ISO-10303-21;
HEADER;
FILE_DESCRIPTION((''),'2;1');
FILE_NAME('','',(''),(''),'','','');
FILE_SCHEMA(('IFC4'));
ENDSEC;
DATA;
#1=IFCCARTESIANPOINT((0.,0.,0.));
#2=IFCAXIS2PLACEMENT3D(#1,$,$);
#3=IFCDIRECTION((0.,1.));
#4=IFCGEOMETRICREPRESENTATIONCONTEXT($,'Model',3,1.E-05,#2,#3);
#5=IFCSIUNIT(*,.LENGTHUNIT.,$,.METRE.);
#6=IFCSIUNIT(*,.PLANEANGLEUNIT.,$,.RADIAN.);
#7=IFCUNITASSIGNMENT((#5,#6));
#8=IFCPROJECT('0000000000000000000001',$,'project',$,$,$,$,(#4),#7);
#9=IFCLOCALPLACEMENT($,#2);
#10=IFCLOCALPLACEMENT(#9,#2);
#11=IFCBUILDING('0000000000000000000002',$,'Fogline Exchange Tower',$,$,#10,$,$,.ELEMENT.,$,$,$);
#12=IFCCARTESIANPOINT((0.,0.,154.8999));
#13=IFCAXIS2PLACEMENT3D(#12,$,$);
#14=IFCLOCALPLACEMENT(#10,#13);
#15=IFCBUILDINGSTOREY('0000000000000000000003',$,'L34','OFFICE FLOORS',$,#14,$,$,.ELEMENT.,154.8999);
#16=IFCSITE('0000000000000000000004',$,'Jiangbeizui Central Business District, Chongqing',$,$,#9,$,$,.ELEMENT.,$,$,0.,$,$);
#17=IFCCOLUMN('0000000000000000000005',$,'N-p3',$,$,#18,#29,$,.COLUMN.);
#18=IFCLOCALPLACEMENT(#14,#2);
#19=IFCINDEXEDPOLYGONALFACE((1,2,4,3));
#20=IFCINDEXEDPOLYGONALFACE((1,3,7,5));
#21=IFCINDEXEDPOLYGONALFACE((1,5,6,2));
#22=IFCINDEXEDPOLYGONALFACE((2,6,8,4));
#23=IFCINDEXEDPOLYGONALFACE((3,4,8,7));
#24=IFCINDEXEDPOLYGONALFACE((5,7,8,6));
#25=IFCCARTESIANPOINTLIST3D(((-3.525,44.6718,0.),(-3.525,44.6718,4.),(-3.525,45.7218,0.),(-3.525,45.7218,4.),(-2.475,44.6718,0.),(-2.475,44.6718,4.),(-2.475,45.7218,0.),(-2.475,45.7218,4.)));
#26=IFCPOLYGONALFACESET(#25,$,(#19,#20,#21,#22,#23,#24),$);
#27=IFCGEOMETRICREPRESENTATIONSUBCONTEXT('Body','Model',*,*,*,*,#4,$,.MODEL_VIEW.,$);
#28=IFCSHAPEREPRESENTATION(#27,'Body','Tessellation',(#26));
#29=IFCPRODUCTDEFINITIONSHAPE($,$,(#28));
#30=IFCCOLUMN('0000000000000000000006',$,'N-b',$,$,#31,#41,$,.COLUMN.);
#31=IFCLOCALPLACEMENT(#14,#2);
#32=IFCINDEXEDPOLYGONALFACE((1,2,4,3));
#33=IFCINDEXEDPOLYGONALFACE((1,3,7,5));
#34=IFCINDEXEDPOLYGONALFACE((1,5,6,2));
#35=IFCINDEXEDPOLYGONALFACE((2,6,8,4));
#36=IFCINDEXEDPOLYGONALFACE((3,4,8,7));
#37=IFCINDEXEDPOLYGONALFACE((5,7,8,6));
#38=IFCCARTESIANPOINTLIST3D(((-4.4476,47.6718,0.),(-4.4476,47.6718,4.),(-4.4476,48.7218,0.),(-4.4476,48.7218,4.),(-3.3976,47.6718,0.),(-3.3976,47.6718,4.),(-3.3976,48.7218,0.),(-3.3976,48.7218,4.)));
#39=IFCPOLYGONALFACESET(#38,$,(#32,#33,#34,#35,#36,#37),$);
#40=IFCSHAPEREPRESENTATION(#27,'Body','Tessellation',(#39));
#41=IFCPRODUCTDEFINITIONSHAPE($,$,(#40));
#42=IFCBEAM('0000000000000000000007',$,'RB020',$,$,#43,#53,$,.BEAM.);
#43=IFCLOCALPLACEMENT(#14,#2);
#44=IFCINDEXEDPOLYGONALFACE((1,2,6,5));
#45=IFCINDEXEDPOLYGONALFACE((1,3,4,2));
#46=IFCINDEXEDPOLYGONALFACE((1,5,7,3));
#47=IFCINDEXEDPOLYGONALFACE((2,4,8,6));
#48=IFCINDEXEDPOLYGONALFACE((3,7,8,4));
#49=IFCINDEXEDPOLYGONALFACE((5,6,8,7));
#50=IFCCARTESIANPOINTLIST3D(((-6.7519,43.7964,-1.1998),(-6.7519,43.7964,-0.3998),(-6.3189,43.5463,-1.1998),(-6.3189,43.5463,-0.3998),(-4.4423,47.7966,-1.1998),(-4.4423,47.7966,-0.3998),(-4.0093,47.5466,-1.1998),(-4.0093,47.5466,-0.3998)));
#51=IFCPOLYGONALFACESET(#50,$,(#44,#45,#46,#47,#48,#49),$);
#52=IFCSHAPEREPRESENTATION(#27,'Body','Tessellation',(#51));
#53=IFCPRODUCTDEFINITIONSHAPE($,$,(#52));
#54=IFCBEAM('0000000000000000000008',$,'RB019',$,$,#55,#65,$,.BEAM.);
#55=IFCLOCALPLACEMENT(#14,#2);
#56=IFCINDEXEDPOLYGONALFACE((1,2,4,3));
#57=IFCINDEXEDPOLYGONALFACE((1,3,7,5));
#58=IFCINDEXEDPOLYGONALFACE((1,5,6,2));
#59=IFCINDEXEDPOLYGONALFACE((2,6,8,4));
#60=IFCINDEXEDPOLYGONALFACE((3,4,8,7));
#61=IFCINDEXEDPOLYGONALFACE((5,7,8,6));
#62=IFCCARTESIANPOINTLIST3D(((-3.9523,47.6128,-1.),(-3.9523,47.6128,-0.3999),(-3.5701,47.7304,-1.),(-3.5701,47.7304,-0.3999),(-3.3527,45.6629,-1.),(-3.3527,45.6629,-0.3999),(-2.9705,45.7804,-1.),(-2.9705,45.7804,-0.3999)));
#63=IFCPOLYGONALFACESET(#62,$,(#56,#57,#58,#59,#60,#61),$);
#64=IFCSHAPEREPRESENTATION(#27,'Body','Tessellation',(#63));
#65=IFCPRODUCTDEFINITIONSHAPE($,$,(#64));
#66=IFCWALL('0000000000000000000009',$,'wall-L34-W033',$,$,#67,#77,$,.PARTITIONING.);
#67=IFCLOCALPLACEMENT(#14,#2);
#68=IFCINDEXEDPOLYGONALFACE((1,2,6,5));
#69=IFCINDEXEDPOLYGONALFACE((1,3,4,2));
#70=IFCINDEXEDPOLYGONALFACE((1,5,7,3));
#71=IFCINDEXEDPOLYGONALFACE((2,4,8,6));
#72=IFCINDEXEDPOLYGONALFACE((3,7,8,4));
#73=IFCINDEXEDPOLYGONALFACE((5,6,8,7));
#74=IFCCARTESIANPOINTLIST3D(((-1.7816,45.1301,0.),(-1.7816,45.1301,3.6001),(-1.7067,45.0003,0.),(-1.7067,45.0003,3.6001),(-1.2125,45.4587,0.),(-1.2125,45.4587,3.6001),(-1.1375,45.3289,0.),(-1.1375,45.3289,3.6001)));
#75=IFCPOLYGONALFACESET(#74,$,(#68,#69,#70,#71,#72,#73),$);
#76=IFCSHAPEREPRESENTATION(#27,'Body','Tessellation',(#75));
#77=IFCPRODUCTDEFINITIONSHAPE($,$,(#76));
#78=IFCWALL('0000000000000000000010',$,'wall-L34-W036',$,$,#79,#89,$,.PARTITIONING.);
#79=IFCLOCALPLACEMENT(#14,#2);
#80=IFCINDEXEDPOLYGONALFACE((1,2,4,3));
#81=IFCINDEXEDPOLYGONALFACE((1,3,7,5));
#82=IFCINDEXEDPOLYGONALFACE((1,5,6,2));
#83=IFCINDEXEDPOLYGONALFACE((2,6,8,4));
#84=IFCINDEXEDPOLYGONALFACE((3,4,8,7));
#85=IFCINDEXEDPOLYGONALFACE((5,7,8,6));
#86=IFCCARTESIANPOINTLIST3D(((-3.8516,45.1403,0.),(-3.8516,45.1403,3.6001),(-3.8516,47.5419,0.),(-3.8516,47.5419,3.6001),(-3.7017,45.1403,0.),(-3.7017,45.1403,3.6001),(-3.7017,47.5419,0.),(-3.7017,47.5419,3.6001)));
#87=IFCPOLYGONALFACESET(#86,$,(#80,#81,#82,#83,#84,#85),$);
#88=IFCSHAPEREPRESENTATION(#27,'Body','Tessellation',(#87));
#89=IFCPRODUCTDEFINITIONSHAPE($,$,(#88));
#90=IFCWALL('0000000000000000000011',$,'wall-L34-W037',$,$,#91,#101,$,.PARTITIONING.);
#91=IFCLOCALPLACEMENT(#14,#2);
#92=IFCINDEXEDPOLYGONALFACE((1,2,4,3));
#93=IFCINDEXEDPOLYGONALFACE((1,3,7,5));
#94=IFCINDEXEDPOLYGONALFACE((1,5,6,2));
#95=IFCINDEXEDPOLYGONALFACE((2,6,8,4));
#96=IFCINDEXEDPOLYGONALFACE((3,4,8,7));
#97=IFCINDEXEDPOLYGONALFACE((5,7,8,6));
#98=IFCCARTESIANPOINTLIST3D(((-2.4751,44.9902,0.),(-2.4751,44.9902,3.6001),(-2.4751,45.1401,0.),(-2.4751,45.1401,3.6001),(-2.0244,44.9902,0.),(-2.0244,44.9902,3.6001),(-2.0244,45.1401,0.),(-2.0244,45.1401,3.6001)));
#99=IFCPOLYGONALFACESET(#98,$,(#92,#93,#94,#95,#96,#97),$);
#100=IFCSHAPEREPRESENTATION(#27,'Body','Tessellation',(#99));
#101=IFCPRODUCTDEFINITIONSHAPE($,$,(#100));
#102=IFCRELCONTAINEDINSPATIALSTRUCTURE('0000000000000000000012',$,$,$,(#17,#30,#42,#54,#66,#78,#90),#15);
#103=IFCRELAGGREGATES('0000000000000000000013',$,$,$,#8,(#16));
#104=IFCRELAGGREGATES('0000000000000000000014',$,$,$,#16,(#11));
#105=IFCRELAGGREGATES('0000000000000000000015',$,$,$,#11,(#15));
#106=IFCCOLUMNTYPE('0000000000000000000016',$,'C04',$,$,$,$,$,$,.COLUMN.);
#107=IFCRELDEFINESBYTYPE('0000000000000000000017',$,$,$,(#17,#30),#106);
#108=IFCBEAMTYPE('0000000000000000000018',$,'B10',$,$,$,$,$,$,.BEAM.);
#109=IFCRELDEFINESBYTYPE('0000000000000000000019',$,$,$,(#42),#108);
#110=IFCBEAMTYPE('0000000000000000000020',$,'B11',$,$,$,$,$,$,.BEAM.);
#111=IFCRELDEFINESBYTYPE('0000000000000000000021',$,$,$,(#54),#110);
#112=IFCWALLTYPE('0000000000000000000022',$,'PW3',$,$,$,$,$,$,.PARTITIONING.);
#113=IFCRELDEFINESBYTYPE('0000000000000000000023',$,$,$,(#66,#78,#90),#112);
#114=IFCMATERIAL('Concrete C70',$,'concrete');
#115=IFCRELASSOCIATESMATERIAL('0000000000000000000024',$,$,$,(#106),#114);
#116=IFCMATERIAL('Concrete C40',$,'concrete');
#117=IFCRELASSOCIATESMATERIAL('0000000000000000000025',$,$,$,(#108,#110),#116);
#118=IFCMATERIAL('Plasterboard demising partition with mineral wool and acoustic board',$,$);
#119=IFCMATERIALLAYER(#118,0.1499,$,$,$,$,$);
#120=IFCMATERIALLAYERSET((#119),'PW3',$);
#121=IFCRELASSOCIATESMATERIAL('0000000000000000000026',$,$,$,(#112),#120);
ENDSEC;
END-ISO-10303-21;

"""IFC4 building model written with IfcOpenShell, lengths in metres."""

from ifc_helpers import new_model, si_unit, direction, frame, frame_2d, origin, origin_2d, place, context, subcontext, project, spatial, rectangle, extrude, material, layer, layer_set, material_profile, profile_set, type_object, element, save


model = new_model("IFC4")

# Units and contexts
model_context = context("Model", 3, precision=1e-05, world=origin(), true_north=direction((0.0, 1.0)))
body_context = subcontext(model_context, "Body", "Model", "MODEL_VIEW")
ifc_project = project(units=[si_unit("LENGTHUNIT", "METRE"), si_unit("PLANEANGLEUNIT", "RADIAN")], contexts=[model_context])

# Site, building, storey
site_placement = place(None, origin())
site = spatial("IfcSite", under=ifc_project, at=site_placement, Name="Jiangbeizui Central Business District, Chongqing", CompositionType="ELEMENT", RefElevation=0.0)
building_placement = place(site_placement, origin())
building = spatial("IfcBuilding", under=site, at=building_placement, Name="Fogline Exchange Tower", CompositionType="ELEMENT")
storey_placement = place(building_placement, frame((0.0, 0.0, 154.8999)))
storey = spatial("IfcBuildingStorey", under=building, at=storey_placement, Name="L34", Description="OFFICE FLOORS", CompositionType="ELEMENT", Elevation=154.8999)

# Columns
ifc_material_1 = material(Name="Concrete C70", Category="concrete")
ifc_material_profile_1 = material_profile(ifc_material_1, rectangle(XDim=1.05, YDim=1.05, at=origin_2d()), Name="RC 1050x1050")
ifc_profile_set_1 = profile_set([ifc_material_profile_1], Name="Concrete C70")
column_type = type_object("IfcColumnType", Name="C04", PredefinedType="COLUMN", material=ifc_profile_set_1)
for number, where, z_axis, x_axis, name in (
    (1, (-3.0, 45.1968, 0.0), (0.0, 0.0, 1.0), (1.0, 0.0, 0.0), "N-p3"),
    (2, (-3.9226, 48.1968, 0.0), (0.0, 0.0, 1.0), (1.0, 0.0, 0.0), "N-b"),
):
    element("IfcColumn", number, at=place(storey_placement, frame(where, z_axis=z_axis, x_axis=x_axis)), inside=storey, type_object=column_type, Name=name, PredefinedType="COLUMN", context=body_context, shape_type="SweptSolid", body=[
        extrude(rectangle(XDim=1.05, YDim=1.05, at=origin_2d()), origin(), (0.0, 0.0, 1.0), 4.0),
    ])

# Beams
ifc_material_2 = material(Name="Concrete C40", Category="concrete")
ifc_material_profile_2 = material_profile(ifc_material_2, rectangle(XDim=0.5, YDim=0.8, at=origin_2d()), Name="RC 500x800")
ifc_profile_set_2 = profile_set([ifc_material_profile_2], Name="Concrete C40")
beam_type_1 = type_object("IfcBeamType", Name="B10", PredefinedType="BEAM", material=ifc_profile_set_2)
beam_1_placement = place(storey_placement, frame((-4.2258, 47.6716, -0.7998), z_axis=(-0.500005, -0.866023, 0.0), x_axis=(0.866023, -0.500005, 0.0)))
element("IfcBeam", 3, at=beam_1_placement, inside=storey, type_object=beam_type_1, Name="RB020", PredefinedType="BEAM", context=body_context, shape_type="SweptSolid", body=[
    extrude(rectangle(XDim=0.5, YDim=0.8, at=origin_2d()), origin(), (0.0, 0.0, 1.0), 4.6191),
])
ifc_material_profile_3 = material_profile(ifc_material_2, rectangle(XDim=0.3999, YDim=0.6001, at=origin_2d()), Name="RC 400x600")
ifc_profile_set_3 = profile_set([ifc_material_profile_3], Name="Concrete C40")
beam_type_2 = type_object("IfcBeamType", Name="B11", PredefinedType="BEAM", material=ifc_profile_set_3)
beam_2_placement = place(storey_placement, frame((-3.1616, 45.7217, -0.7), z_axis=(-0.293918, 0.955831, 0.0), x_axis=(-0.955831, -0.293918, 0.0)))
element("IfcBeam", 4, at=beam_2_placement, inside=storey, type_object=beam_type_2, Name="RB019", PredefinedType="BEAM", context=body_context, shape_type="SweptSolid", body=[
    extrude(rectangle(XDim=0.3999, YDim=0.6001, at=origin_2d()), origin(), (0.0, 0.0, 1.0), 2.04),
])

# Walls
ifc_material_3 = material(Name="Plasterboard demising partition with mineral wool and acoustic board")
ifc_layer_1 = layer(ifc_material_3, 0.1499)
ifc_layer_set_1 = layer_set([ifc_layer_1], Name="PW3")
wall_type_1 = type_object("IfcWallType", Name="PW3", PredefinedType="PARTITIONING", material=ifc_layer_set_1)
wall_1_placement = place(storey_placement, frame((-1.7441, 45.0652, 0.0), z_axis=(0.0, 0.0, 1.0), x_axis=(0.865994, 0.500055, 0.0)))
element("IfcWall", 5, at=wall_1_placement, inside=storey, type_object=wall_type_1, Name="wall-L34-W033", PredefinedType="PARTITIONING", context=body_context, shape_type="SweptSolid", body=[
    extrude(rectangle(XDim=0.6572, YDim=0.1499, at=frame_2d((0.3286, 0.0))), origin(), (0.0, 0.0, 1.0), 3.6001),
])
wall_2_placement = place(storey_placement, frame((-3.7766, 47.5417, 0.0), z_axis=(0.0, 0.0, 1.0), x_axis=(0.0, -1.0, 0.0)))
element("IfcWall", 6, at=wall_2_placement, inside=storey, type_object=wall_type_1, Name="wall-L34-W036", PredefinedType="PARTITIONING", context=body_context, shape_type="SweptSolid", body=[
    extrude(rectangle(XDim=2.4016, YDim=0.1499, at=frame_2d((1.2007, 0.0))), origin(), (0.0, 0.0, 1.0), 3.6001),
])
wall_3_placement = place(storey_placement, frame((-2.4751, 45.0652, 0.0), z_axis=(0.0, 0.0, 1.0), x_axis=(1.0, 0.0, 0.0)))
element("IfcWall", 7, at=wall_3_placement, inside=storey, type_object=wall_type_1, Name="wall-L34-W037", PredefinedType="PARTITIONING", context=body_context, shape_type="SweptSolid", body=[
    extrude(rectangle(XDim=0.4507, YDim=0.1499, at=frame_2d((0.2253, 0.0))), origin(), (0.0, 0.0, 1.0), 3.6001),
])

save(model, "model.ifc")
